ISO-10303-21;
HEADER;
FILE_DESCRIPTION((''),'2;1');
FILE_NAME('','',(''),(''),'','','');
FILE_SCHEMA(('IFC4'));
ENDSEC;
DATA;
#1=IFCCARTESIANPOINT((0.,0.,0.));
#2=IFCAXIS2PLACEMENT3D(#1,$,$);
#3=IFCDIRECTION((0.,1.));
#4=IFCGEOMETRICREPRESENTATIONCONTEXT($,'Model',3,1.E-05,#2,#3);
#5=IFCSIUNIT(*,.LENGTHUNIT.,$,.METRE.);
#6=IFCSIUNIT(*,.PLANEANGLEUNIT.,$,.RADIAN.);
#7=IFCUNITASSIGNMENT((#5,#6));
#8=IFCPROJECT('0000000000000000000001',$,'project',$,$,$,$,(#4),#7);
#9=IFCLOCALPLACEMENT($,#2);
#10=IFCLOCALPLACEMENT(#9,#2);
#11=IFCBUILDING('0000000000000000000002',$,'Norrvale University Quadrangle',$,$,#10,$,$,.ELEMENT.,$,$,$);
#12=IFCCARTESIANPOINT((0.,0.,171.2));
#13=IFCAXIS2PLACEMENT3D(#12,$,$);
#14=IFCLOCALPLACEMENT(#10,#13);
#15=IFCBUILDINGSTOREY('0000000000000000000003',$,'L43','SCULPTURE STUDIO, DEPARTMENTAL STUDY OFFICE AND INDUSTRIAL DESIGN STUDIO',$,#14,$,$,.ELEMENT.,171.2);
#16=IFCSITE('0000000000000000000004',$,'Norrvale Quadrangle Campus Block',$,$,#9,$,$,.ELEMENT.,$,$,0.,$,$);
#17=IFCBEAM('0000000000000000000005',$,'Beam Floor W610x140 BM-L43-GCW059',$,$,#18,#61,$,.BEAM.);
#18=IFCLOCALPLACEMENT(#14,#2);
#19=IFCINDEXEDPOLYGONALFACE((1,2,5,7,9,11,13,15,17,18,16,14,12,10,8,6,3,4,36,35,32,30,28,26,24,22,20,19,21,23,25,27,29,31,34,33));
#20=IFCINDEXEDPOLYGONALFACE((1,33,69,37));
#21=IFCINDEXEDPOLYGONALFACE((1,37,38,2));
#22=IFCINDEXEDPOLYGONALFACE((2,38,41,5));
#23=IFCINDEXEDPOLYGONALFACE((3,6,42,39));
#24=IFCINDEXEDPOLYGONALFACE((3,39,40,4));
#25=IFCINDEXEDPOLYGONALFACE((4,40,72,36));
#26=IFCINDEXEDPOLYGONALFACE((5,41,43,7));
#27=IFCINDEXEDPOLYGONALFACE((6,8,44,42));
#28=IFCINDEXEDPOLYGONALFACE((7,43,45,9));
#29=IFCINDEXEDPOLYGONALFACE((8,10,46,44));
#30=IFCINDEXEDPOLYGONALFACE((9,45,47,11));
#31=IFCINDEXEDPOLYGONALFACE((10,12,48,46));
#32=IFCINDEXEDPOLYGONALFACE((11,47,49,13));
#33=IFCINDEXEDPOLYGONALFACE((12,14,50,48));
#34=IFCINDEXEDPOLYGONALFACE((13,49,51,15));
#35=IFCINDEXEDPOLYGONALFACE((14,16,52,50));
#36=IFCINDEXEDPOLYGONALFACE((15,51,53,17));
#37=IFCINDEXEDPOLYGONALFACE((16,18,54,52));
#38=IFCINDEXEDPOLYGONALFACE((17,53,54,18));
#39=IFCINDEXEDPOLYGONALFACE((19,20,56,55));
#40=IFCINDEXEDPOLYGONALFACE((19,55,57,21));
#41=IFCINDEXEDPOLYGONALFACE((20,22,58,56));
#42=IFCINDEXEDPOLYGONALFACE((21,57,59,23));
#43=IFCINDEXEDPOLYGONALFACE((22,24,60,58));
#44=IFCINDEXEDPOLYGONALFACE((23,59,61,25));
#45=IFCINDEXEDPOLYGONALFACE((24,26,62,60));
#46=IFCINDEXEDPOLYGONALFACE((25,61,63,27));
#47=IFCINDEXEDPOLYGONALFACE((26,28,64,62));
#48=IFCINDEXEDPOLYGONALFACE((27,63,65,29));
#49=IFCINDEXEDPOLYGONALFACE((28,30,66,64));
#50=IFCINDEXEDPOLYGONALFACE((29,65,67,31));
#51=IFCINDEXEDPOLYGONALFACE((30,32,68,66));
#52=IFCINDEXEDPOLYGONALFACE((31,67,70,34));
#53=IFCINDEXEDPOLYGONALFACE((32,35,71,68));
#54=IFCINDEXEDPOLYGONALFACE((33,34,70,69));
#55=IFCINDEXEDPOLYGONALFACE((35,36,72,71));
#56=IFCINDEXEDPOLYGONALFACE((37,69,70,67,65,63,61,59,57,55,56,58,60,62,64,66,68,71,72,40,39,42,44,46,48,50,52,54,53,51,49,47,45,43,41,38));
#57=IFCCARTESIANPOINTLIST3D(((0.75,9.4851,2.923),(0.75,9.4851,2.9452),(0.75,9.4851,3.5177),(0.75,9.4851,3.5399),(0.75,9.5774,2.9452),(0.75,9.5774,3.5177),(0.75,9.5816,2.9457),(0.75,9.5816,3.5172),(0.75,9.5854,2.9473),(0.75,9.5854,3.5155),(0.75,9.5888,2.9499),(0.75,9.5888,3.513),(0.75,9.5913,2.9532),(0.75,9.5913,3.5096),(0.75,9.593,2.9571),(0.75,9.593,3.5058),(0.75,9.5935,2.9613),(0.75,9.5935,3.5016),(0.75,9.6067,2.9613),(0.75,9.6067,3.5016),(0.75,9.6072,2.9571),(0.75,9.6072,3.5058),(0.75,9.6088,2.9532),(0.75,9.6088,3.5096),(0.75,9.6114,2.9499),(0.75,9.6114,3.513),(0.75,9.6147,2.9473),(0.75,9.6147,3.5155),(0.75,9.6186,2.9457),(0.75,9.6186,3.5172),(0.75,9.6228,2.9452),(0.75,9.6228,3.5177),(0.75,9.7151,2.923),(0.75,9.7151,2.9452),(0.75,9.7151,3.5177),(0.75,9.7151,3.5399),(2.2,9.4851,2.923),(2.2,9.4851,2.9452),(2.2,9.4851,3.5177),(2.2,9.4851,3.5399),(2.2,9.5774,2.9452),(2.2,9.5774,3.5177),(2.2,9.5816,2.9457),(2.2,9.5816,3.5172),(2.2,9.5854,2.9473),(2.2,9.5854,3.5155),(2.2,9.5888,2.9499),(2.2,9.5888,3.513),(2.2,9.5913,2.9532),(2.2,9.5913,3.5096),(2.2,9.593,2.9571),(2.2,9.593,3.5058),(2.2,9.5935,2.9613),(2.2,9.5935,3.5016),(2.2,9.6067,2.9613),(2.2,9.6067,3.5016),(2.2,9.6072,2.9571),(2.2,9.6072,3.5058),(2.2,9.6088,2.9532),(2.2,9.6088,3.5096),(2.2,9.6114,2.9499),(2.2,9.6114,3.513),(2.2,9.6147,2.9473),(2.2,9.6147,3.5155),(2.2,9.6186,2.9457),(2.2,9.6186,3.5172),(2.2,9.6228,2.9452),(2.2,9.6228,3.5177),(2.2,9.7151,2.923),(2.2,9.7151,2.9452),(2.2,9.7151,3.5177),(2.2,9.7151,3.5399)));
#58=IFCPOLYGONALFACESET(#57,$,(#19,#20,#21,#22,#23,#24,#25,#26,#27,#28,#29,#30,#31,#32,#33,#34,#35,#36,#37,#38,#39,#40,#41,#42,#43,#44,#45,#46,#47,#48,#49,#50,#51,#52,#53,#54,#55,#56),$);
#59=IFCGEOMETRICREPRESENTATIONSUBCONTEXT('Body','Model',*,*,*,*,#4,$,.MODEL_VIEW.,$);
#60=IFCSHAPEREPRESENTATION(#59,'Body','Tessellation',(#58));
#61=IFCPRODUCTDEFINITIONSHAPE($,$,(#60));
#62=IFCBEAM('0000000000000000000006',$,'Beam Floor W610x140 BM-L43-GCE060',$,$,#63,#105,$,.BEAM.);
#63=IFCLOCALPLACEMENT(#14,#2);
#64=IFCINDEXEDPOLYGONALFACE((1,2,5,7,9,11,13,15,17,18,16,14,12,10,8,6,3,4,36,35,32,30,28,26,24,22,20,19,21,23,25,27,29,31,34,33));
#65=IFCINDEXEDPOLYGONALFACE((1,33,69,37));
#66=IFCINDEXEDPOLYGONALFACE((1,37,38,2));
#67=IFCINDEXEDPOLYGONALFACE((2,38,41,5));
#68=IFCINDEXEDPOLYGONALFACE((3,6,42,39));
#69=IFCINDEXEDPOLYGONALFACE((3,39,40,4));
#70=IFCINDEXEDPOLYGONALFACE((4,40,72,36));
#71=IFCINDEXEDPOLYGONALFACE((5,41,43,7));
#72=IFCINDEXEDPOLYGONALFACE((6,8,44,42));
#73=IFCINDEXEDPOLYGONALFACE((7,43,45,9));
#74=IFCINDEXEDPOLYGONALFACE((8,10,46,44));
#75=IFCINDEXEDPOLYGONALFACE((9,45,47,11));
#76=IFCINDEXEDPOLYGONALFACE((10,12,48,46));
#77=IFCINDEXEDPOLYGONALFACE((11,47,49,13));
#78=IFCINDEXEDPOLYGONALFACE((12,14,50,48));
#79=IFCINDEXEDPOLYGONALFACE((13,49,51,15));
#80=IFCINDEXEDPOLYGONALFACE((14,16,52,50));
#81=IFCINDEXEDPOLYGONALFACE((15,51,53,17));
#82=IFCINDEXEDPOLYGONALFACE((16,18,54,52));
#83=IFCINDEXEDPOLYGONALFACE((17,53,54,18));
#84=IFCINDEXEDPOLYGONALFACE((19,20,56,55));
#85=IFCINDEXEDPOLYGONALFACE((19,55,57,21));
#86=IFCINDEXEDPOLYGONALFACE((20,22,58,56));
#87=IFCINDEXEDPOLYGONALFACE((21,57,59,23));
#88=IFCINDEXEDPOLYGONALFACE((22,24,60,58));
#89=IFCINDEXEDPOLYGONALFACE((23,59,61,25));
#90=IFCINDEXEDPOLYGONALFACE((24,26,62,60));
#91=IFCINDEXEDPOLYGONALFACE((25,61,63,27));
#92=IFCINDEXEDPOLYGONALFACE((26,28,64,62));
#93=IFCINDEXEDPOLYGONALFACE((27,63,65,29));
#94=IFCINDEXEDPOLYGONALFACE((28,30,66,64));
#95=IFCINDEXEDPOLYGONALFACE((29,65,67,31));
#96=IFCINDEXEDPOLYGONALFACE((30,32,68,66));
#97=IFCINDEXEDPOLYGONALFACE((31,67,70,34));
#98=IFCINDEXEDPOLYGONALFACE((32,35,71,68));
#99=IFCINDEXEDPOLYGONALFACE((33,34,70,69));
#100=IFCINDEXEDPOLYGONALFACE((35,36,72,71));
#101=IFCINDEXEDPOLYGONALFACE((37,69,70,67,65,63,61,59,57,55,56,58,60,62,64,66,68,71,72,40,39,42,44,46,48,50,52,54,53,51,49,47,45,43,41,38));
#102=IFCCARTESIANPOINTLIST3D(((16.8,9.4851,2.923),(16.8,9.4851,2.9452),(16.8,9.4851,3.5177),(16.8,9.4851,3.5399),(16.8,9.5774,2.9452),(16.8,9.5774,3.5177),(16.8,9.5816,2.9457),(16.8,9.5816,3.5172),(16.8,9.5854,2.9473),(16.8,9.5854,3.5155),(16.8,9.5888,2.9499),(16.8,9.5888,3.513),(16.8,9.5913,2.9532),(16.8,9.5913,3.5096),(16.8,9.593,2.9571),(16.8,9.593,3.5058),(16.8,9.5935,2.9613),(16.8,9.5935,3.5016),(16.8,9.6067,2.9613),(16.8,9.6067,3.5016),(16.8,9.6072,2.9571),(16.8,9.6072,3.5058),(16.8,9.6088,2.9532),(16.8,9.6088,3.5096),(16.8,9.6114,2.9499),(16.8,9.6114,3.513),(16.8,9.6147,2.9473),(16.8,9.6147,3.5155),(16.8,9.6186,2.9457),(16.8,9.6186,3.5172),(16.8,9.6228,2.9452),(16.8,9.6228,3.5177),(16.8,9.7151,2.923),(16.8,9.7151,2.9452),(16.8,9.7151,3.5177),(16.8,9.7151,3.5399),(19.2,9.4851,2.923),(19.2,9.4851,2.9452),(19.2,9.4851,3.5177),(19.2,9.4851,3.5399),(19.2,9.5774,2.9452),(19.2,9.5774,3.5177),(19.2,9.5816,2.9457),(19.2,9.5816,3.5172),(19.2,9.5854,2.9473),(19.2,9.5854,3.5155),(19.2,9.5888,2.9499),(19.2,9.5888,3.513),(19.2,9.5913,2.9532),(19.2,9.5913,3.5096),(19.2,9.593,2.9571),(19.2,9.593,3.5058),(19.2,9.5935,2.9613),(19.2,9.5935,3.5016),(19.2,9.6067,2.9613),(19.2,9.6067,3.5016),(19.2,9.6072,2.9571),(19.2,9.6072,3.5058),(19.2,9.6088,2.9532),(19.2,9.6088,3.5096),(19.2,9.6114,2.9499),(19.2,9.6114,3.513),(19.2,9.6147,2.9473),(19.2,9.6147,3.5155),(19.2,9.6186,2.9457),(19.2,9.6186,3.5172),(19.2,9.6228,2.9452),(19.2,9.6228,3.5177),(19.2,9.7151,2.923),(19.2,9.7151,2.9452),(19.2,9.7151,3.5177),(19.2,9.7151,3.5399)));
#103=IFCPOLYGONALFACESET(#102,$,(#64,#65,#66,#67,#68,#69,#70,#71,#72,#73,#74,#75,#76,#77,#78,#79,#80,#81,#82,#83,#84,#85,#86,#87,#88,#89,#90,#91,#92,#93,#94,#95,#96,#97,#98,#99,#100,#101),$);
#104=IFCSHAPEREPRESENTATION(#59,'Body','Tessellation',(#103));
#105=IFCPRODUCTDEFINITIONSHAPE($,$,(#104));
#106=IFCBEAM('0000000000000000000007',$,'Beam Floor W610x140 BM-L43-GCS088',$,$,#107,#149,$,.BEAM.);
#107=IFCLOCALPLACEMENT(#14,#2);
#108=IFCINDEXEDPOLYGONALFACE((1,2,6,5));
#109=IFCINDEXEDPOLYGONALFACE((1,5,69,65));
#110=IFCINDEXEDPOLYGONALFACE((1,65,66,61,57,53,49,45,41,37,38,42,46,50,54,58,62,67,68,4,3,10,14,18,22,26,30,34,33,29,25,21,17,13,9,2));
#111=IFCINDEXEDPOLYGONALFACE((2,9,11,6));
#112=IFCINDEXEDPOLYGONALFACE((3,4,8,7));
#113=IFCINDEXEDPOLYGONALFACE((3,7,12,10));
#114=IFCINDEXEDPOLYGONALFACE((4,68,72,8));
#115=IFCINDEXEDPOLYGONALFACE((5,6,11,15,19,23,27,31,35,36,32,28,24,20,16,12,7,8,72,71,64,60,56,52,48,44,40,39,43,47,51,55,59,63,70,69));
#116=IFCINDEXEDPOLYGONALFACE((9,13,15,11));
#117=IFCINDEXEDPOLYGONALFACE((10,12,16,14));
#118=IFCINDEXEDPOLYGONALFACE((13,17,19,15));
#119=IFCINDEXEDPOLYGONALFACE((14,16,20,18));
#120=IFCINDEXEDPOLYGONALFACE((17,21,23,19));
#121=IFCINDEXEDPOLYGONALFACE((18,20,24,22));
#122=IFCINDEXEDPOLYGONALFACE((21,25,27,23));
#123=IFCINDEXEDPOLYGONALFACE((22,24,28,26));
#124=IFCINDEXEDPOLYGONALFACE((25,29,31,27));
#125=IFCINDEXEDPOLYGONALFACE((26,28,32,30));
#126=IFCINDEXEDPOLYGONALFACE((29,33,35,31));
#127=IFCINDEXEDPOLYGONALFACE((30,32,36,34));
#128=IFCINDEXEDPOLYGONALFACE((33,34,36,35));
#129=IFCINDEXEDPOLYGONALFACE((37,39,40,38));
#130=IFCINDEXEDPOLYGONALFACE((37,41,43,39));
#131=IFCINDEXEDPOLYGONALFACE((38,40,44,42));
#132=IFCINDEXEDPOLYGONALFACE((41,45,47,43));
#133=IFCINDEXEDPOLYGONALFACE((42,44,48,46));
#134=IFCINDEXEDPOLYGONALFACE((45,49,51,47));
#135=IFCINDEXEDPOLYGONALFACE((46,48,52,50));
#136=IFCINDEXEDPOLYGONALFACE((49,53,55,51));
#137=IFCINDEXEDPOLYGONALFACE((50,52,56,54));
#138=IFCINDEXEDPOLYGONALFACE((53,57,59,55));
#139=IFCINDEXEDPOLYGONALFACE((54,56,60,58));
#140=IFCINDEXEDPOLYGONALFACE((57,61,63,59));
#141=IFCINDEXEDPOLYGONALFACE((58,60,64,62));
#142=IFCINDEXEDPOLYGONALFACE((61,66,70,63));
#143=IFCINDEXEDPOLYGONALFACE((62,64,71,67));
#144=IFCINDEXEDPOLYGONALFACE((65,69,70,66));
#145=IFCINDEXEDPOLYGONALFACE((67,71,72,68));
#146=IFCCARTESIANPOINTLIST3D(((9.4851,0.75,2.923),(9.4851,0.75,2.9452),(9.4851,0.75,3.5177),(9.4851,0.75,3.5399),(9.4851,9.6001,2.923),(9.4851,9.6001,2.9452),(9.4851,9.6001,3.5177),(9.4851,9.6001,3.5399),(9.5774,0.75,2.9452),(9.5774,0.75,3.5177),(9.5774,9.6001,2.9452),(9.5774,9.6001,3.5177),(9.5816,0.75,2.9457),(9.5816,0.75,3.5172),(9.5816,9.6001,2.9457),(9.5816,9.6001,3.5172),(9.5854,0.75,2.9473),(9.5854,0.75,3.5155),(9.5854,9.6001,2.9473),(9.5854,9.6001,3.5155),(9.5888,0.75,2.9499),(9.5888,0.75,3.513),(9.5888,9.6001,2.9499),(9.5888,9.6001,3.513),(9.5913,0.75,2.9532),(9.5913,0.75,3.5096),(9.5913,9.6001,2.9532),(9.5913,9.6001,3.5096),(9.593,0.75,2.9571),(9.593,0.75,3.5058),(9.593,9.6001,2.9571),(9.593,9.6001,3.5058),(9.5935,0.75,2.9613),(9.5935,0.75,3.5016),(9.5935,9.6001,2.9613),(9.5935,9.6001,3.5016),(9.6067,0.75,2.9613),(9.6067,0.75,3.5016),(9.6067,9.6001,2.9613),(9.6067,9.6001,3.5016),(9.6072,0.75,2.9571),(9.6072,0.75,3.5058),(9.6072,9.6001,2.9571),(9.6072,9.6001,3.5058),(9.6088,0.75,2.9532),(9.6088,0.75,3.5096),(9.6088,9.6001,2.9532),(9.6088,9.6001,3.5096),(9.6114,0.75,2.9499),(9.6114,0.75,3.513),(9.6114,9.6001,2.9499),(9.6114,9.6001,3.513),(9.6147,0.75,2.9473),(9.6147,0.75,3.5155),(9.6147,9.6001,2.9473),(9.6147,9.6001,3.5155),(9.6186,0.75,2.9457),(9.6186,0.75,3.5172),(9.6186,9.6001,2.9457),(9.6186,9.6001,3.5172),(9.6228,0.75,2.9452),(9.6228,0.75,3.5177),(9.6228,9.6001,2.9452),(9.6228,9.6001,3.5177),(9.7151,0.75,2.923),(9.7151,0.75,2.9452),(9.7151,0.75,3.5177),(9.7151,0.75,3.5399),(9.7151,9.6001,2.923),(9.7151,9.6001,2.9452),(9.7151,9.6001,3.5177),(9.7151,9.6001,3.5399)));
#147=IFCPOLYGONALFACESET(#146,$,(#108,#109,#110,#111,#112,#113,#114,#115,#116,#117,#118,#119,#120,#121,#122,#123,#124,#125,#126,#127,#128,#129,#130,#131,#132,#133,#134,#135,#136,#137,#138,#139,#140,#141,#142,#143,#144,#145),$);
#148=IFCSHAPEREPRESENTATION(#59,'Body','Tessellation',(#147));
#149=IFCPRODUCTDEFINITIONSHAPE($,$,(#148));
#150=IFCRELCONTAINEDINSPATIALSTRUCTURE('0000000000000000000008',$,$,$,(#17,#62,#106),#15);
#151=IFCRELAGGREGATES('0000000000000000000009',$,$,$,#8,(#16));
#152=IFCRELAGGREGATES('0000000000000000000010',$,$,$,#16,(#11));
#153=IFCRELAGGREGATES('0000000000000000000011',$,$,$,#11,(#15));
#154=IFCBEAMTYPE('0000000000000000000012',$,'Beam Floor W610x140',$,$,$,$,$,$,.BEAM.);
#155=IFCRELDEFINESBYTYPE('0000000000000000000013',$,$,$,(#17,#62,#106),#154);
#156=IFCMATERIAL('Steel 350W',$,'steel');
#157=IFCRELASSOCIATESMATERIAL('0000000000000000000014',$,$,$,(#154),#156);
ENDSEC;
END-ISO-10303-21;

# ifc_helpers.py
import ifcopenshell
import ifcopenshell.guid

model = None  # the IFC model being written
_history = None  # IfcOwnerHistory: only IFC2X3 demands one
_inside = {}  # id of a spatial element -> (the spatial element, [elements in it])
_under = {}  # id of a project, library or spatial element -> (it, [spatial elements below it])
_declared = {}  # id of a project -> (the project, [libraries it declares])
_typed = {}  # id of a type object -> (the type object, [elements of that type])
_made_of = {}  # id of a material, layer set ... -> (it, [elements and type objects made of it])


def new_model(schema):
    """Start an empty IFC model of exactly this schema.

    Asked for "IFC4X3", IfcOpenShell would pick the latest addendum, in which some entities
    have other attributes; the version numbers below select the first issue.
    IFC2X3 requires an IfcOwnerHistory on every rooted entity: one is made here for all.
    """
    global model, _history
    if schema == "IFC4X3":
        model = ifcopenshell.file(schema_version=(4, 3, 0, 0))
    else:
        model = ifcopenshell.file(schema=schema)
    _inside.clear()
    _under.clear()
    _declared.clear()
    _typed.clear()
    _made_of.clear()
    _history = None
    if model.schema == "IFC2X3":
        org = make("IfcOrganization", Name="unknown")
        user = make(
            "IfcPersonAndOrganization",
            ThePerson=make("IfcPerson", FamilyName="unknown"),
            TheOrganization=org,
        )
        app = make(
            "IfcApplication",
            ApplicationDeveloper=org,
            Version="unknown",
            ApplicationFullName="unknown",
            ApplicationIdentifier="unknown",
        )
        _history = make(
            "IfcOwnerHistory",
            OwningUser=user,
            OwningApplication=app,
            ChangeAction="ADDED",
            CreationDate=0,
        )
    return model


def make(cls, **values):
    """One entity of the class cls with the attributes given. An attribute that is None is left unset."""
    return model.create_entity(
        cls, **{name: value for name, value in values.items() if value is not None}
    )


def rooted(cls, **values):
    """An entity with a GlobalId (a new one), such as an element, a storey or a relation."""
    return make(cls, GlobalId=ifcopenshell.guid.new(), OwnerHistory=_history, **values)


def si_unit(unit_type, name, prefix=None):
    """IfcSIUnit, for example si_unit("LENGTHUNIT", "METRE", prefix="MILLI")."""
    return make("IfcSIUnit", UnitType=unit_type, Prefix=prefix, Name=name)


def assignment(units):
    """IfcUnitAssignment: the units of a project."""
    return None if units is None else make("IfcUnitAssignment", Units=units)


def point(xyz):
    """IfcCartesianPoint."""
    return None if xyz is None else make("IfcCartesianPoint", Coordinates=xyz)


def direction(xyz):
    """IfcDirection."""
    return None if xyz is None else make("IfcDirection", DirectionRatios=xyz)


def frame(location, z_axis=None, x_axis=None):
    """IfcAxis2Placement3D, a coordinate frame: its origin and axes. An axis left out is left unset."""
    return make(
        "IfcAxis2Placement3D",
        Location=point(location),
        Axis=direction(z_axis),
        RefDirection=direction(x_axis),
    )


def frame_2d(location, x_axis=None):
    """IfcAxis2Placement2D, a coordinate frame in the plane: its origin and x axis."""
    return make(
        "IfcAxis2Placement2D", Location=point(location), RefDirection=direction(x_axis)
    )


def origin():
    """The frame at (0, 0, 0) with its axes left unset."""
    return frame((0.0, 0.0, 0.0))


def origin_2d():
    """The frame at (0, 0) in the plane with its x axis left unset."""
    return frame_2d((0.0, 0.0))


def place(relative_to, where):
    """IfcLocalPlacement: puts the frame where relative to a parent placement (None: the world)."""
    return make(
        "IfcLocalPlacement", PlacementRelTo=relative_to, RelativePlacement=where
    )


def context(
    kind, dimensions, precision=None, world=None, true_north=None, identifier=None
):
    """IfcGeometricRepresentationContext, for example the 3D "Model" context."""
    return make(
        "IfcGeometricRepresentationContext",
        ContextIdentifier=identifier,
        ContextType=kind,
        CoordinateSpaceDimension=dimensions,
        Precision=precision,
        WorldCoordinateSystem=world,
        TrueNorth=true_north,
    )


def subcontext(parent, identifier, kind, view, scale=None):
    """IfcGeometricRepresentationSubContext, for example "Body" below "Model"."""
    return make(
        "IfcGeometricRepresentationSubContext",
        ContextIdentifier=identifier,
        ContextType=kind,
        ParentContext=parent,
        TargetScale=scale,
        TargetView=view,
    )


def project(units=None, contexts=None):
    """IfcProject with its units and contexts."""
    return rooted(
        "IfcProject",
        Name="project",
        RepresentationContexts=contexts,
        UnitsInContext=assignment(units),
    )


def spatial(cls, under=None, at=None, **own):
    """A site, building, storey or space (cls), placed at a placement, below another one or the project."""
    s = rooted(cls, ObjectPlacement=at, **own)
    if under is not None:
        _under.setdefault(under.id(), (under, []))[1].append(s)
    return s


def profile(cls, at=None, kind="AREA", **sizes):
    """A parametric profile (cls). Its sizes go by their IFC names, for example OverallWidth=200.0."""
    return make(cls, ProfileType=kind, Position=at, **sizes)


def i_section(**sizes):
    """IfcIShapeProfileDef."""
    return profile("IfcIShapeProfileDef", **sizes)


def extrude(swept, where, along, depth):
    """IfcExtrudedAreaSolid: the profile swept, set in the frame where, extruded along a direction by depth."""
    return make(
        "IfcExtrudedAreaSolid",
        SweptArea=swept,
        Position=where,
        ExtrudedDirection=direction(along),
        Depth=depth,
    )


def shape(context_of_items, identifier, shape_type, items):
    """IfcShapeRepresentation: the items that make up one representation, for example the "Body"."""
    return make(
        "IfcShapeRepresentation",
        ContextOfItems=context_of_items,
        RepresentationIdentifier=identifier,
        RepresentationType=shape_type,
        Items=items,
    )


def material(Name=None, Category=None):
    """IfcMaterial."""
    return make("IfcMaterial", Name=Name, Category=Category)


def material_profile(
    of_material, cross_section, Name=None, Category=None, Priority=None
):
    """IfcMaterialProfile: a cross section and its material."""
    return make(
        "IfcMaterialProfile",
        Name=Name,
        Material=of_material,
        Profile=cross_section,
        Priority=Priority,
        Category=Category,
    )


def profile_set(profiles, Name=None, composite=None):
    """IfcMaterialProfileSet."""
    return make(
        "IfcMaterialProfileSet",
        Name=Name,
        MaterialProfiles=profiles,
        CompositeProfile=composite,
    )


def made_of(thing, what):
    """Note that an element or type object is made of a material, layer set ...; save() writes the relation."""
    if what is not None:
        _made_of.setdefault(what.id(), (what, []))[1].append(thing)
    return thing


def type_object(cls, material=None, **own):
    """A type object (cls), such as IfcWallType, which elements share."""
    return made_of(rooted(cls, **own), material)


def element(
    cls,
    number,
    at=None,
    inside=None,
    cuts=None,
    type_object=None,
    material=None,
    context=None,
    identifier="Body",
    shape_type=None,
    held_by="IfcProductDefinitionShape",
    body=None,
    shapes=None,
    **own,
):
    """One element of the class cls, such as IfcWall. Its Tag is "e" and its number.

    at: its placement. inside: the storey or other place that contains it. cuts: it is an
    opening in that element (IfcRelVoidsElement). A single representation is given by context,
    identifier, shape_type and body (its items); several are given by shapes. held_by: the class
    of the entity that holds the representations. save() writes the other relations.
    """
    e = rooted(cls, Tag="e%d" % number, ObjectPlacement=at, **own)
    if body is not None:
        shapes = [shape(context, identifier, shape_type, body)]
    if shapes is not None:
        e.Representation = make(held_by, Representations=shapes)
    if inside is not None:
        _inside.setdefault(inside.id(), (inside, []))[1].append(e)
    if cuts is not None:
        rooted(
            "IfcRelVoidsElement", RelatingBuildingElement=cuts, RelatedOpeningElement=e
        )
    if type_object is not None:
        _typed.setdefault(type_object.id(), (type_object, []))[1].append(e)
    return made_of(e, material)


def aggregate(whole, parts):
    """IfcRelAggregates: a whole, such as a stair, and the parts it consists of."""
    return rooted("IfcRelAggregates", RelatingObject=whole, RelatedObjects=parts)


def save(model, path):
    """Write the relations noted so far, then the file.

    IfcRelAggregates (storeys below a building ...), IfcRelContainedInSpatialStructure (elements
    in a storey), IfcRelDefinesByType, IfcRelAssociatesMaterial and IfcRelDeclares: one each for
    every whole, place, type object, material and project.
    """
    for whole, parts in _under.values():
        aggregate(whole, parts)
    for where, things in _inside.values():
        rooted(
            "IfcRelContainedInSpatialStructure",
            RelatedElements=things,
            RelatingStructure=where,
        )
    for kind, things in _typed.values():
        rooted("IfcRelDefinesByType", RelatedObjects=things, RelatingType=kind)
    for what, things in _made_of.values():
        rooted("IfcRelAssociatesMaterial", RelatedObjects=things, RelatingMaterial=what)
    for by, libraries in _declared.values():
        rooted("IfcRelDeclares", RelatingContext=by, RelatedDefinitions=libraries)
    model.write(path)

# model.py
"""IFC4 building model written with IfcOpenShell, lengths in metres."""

from ifc_helpers import new_model, si_unit, direction, frame, origin, origin_2d, place, context, subcontext, project, spatial, i_section, extrude, material, material_profile, profile_set, type_object, element, save


model = new_model("IFC4")

# Units and contexts
model_context = context("Model", 3, precision=1e-05, world=origin(), true_north=direction((0.0, 1.0)))
body_context = subcontext(model_context, "Body", "Model", "MODEL_VIEW")
ifc_project = project(units=[si_unit("LENGTHUNIT", "METRE"), si_unit("PLANEANGLEUNIT", "RADIAN")], contexts=[model_context])

# Site, building, storey
site_placement = place(None, origin())
site = spatial("IfcSite", under=ifc_project, at=site_placement, Name="Norrvale Quadrangle Campus Block", CompositionType="ELEMENT", RefElevation=0.0)
building_placement = place(site_placement, origin())
building = spatial("IfcBuilding", under=site, at=building_placement, Name="Norrvale University Quadrangle", CompositionType="ELEMENT")
storey_placement = place(building_placement, frame((0.0, 0.0, 171.2)))
storey = spatial("IfcBuildingStorey", under=building, at=storey_placement, Name="L43", Description="SCULPTURE STUDIO, DEPARTMENTAL STUDY OFFICE AND INDUSTRIAL DESIGN STUDIO", CompositionType="ELEMENT", Elevation=171.2)

# Beams
ifc_material_1 = material(Name="Steel 350W", Category="steel")
ifc_material_profile_1 = material_profile(ifc_material_1, i_section(OverallWidth=0.23, OverallDepth=0.6169, WebThickness=0.0132, FlangeThickness=0.0222, FilletRadius=0.0161, at=origin_2d()), Name="Steel 350W")
ifc_profile_set_1 = profile_set([ifc_material_profile_1], Name="Steel 350W")
beam_type_1 = type_object("IfcBeamType", Name="Beam Floor W610x140", PredefinedType="BEAM", material=ifc_profile_set_1)
beam_1_placement = place(storey_placement, frame((0.75, 9.6001, 3.2314), z_axis=(1.0, 0.0, 0.0), x_axis=(0.0, 1.0, 0.0)))
element("IfcBeam", 1, at=beam_1_placement, inside=storey, type_object=beam_type_1, Name="Beam Floor W610x140 BM-L43-GCW059", PredefinedType="BEAM", context=body_context, shape_type="SweptSolid", body=[
    extrude(i_section(OverallWidth=0.23, OverallDepth=0.6169, WebThickness=0.0132, FlangeThickness=0.0222, FilletRadius=0.0161, at=origin_2d()), origin(), (0.0, 0.0, 1.0), 1.45),
])
beam_2_placement = place(storey_placement, frame((16.8, 9.6001, 3.2314), z_axis=(1.0, 0.0, 0.0), x_axis=(0.0, 1.0, 0.0)))
element("IfcBeam", 2, at=beam_2_placement, inside=storey, type_object=beam_type_1, Name="Beam Floor W610x140 BM-L43-GCE060", PredefinedType="BEAM", context=body_context, shape_type="SweptSolid", body=[
    extrude(i_section(OverallWidth=0.23, OverallDepth=0.6169, WebThickness=0.0132, FlangeThickness=0.0222, FilletRadius=0.0161, at=origin_2d()), origin(), (0.0, 0.0, 1.0), 2.3999),
])
beam_3_placement = place(storey_placement, frame((9.6001, 0.75, 3.2314), z_axis=(0.0, 1.0, 0.0), x_axis=(-1.0, 0.0, 0.0)))
element("IfcBeam", 3, at=beam_3_placement, inside=storey, type_object=beam_type_1, Name="Beam Floor W610x140 BM-L43-GCS088", PredefinedType="BEAM", context=body_context, shape_type="SweptSolid", body=[
    extrude(i_section(OverallWidth=0.23, OverallDepth=0.6169, WebThickness=0.0132, FlangeThickness=0.0222, FilletRadius=0.0161, at=origin_2d()), origin(), (0.0, 0.0, 1.0), 8.8501),
])

save(model, "model.ifc")
